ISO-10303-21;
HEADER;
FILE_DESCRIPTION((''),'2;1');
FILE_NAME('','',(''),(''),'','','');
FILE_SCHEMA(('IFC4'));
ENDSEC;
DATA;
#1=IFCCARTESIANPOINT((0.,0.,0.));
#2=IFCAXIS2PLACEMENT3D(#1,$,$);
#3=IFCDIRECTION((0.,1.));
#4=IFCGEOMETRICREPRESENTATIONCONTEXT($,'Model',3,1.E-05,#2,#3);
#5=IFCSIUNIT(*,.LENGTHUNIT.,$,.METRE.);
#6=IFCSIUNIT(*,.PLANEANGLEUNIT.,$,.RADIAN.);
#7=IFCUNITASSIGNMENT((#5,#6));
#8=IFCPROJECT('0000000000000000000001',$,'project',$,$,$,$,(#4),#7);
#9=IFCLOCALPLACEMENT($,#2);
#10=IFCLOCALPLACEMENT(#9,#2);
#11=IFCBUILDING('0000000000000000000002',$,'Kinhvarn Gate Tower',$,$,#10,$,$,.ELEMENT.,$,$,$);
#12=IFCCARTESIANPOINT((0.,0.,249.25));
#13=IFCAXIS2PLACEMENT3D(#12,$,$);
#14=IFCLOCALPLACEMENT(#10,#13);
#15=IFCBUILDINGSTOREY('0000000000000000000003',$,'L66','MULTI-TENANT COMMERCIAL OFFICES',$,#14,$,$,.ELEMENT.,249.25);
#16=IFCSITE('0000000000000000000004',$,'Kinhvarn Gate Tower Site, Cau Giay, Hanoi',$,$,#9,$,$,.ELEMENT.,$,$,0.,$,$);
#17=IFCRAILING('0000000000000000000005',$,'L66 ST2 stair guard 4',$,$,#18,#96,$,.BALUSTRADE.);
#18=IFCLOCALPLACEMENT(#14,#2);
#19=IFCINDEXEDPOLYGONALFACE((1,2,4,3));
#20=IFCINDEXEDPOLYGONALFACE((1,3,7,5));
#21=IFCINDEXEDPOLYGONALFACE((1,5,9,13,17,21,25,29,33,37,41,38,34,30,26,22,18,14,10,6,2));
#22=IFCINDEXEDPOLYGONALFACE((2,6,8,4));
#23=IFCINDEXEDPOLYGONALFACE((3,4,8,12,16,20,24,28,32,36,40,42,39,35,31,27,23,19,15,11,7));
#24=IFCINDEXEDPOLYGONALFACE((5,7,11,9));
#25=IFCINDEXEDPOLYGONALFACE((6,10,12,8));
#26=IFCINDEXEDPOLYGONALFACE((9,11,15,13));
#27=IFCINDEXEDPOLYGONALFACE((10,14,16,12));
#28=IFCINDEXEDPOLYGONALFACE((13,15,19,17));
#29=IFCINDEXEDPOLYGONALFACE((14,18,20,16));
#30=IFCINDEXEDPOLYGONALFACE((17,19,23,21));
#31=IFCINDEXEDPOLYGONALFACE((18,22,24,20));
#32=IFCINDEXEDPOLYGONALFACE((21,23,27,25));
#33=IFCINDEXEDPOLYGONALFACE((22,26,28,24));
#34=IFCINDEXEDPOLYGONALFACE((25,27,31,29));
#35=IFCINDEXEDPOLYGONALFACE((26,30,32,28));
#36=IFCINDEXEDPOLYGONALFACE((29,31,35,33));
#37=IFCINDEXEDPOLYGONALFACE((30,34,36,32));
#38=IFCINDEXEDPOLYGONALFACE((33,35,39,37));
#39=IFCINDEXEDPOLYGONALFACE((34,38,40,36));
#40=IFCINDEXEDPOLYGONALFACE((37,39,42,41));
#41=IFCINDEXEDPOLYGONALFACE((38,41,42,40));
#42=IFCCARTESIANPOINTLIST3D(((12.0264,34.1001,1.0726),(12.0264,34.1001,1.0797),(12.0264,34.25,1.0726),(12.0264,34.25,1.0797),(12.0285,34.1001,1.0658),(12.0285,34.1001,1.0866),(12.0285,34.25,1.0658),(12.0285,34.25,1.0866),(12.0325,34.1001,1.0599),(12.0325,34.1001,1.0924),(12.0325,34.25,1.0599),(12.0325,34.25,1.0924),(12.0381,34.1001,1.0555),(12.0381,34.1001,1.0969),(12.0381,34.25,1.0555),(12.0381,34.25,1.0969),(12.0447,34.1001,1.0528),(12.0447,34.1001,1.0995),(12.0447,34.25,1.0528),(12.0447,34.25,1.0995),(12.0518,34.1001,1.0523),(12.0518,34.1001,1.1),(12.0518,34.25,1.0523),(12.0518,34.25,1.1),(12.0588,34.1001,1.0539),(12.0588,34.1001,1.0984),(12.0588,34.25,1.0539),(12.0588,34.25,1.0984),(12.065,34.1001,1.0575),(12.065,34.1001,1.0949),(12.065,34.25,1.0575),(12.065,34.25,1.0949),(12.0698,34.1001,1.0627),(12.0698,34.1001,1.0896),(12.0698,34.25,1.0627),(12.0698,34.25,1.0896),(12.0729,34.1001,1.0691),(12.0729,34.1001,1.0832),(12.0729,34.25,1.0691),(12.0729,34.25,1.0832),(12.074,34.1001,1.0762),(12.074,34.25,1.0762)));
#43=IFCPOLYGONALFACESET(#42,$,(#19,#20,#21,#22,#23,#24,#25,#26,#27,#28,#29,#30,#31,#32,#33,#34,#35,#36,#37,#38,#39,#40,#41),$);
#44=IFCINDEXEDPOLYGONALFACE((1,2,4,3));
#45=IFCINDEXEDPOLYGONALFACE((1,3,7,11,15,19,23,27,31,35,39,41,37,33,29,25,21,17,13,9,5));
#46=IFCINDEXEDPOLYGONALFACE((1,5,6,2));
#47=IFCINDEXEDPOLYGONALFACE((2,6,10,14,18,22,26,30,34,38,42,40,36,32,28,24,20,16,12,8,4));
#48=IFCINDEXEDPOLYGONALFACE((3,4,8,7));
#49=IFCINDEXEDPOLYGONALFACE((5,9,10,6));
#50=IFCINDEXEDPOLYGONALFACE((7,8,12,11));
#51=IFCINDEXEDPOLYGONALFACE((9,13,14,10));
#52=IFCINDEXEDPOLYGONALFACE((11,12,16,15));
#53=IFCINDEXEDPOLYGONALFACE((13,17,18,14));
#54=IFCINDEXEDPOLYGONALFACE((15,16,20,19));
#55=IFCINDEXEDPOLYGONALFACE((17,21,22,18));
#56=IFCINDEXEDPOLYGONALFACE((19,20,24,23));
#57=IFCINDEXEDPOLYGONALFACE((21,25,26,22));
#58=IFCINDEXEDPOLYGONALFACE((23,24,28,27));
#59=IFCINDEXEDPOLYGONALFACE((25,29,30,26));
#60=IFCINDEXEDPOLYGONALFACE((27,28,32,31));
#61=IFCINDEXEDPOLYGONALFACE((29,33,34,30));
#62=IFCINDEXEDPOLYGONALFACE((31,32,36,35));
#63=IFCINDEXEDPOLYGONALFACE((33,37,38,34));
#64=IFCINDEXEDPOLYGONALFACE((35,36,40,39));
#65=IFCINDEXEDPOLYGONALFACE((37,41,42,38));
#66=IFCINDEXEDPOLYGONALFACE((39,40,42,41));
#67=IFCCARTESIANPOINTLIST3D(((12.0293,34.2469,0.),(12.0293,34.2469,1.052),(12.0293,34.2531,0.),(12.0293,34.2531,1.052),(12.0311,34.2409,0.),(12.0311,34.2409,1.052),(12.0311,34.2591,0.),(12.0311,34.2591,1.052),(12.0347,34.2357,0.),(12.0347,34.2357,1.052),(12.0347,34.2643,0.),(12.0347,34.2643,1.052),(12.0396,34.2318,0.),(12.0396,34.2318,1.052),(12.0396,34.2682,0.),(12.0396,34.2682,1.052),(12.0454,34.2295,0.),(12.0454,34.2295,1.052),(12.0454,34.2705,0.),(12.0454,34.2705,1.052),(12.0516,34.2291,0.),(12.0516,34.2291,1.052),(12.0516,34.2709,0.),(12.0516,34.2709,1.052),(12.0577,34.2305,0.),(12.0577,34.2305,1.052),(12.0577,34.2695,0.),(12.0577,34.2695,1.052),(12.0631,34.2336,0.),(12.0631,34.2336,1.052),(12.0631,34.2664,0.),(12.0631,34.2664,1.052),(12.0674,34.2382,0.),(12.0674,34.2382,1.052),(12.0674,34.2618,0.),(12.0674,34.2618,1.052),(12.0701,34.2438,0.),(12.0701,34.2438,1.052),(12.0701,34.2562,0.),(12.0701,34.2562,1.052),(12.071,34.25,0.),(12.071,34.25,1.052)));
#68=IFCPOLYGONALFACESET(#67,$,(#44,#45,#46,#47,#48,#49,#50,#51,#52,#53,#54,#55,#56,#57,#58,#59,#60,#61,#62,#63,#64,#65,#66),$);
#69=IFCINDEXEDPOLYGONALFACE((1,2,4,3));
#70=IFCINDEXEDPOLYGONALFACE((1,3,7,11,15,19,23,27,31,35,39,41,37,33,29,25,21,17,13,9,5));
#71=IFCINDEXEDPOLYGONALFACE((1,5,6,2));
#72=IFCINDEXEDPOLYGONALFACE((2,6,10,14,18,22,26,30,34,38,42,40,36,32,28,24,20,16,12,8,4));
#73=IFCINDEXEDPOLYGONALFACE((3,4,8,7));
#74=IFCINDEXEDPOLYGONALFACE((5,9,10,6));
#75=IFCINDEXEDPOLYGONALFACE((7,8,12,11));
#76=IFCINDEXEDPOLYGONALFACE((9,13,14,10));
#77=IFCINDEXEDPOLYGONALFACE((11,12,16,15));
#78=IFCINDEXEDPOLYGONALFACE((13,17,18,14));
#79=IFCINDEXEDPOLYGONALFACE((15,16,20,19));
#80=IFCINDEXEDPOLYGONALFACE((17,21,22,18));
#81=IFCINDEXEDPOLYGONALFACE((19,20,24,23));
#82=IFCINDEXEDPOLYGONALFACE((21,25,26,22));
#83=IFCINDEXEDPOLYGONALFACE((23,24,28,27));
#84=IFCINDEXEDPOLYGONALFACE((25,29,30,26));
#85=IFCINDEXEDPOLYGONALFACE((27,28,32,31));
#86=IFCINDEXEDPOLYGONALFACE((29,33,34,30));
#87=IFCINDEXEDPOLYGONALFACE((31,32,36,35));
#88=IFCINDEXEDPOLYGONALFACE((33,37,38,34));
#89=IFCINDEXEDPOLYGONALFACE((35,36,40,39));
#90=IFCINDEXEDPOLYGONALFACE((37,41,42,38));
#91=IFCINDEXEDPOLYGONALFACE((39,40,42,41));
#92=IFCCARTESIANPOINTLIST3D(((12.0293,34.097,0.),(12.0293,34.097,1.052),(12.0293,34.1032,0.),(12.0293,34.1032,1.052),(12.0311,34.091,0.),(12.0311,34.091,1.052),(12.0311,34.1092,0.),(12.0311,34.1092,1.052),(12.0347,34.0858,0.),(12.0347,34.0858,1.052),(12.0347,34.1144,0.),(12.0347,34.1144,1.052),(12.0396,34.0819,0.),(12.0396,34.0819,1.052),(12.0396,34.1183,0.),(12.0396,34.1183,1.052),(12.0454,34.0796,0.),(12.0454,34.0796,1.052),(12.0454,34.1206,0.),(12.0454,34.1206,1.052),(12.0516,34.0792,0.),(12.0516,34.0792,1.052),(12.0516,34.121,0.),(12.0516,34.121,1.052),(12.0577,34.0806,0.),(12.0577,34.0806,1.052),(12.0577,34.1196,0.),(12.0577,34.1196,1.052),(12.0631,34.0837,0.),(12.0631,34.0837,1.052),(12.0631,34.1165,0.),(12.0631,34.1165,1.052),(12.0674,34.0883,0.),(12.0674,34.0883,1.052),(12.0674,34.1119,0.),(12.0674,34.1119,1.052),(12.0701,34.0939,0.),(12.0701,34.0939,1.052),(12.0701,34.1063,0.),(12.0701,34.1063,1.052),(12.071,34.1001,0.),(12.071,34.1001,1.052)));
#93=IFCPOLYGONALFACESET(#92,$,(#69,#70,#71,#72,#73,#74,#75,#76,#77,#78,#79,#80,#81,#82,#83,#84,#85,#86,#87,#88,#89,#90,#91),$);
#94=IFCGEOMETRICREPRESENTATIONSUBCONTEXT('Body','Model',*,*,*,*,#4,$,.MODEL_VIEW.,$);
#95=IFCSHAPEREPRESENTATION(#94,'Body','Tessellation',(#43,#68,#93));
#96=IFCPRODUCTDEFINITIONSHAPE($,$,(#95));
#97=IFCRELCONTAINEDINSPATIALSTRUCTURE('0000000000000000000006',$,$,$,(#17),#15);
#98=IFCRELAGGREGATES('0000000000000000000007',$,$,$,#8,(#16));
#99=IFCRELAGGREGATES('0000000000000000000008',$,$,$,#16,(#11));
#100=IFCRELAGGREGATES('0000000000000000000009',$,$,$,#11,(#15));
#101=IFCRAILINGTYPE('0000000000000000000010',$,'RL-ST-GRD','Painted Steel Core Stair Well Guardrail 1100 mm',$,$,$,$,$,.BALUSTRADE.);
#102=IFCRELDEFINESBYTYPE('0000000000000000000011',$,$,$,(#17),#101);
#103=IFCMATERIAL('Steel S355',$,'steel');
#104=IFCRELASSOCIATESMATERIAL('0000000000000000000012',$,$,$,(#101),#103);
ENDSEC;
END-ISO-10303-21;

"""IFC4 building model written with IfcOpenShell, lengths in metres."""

from ifc_helpers import new_model, si_unit, direction, frame, origin, origin_2d, place, context, subcontext, project, spatial, circle, extrude, material, type_object, element, save


model = new_model("IFC4")

# Units and contexts
model_context = context("Model", 3, precision=1e-05, world=origin(), true_north=direction((0.0, 1.0)))
body_context = subcontext(model_context, "Body", "Model", "MODEL_VIEW")
ifc_project = project(units=[si_unit("LENGTHUNIT", "METRE"), si_unit("PLANEANGLEUNIT", "RADIAN")], contexts=[model_context])

# Site, building, storey
site_placement = place(None, origin())
site = spatial("IfcSite", under=ifc_project, at=site_placement, Name="Kinhvarn Gate Tower Site, Cau Giay, Hanoi", CompositionType="ELEMENT", RefElevation=0.0)
building_placement = place(site_placement, origin())
building = spatial("IfcBuilding", under=site, at=building_placement, Name="Kinhvarn Gate Tower", CompositionType="ELEMENT")
storey_placement = place(building_placement, frame((0.0, 0.0, 249.25)))
storey = spatial("IfcBuildingStorey", under=building, at=storey_placement, Name="L66", Description="MULTI-TENANT COMMERCIAL OFFICES", CompositionType="ELEMENT", Elevation=249.25)

# Railing
ifc_material_1 = material(Name="Steel S355", Category="steel")
railing_type_1 = type_object("IfcRailingType", Name="RL-ST-GRD", Description="Painted Steel Core Stair Well Guardrail 1100 mm", PredefinedType="BALUSTRADE", material=ifc_material_1)
railing_1_placement = place(storey_placement, frame((12.05, 34.25, 0.0)))
element("IfcRailing", 1, at=railing_1_placement, inside=storey, type_object=railing_type_1, Name="L66 ST2 stair guard 4", PredefinedType="BALUSTRADE", context=body_context, shape_type="SweptSolid", body=[
    extrude(circle(Radius=0.0239, at=origin_2d()), frame((0.0, 0.0, 1.0762), z_axis=(0.0, -1.0, 0.0), x_axis=(1.0, 0.0, 0.0)), (0.0, 0.0, 1.0), 0.1499),
    extrude(circle(Radius=0.021, at=origin_2d()), origin(), (0.0, 0.0, 1.0), 1.052),
    extrude(circle(Radius=0.021, at=origin_2d()), frame((0.0, -0.1499, 0.0)), (0.0, 0.0, 1.0), 1.052),
])

save(model, "model.ifc")
